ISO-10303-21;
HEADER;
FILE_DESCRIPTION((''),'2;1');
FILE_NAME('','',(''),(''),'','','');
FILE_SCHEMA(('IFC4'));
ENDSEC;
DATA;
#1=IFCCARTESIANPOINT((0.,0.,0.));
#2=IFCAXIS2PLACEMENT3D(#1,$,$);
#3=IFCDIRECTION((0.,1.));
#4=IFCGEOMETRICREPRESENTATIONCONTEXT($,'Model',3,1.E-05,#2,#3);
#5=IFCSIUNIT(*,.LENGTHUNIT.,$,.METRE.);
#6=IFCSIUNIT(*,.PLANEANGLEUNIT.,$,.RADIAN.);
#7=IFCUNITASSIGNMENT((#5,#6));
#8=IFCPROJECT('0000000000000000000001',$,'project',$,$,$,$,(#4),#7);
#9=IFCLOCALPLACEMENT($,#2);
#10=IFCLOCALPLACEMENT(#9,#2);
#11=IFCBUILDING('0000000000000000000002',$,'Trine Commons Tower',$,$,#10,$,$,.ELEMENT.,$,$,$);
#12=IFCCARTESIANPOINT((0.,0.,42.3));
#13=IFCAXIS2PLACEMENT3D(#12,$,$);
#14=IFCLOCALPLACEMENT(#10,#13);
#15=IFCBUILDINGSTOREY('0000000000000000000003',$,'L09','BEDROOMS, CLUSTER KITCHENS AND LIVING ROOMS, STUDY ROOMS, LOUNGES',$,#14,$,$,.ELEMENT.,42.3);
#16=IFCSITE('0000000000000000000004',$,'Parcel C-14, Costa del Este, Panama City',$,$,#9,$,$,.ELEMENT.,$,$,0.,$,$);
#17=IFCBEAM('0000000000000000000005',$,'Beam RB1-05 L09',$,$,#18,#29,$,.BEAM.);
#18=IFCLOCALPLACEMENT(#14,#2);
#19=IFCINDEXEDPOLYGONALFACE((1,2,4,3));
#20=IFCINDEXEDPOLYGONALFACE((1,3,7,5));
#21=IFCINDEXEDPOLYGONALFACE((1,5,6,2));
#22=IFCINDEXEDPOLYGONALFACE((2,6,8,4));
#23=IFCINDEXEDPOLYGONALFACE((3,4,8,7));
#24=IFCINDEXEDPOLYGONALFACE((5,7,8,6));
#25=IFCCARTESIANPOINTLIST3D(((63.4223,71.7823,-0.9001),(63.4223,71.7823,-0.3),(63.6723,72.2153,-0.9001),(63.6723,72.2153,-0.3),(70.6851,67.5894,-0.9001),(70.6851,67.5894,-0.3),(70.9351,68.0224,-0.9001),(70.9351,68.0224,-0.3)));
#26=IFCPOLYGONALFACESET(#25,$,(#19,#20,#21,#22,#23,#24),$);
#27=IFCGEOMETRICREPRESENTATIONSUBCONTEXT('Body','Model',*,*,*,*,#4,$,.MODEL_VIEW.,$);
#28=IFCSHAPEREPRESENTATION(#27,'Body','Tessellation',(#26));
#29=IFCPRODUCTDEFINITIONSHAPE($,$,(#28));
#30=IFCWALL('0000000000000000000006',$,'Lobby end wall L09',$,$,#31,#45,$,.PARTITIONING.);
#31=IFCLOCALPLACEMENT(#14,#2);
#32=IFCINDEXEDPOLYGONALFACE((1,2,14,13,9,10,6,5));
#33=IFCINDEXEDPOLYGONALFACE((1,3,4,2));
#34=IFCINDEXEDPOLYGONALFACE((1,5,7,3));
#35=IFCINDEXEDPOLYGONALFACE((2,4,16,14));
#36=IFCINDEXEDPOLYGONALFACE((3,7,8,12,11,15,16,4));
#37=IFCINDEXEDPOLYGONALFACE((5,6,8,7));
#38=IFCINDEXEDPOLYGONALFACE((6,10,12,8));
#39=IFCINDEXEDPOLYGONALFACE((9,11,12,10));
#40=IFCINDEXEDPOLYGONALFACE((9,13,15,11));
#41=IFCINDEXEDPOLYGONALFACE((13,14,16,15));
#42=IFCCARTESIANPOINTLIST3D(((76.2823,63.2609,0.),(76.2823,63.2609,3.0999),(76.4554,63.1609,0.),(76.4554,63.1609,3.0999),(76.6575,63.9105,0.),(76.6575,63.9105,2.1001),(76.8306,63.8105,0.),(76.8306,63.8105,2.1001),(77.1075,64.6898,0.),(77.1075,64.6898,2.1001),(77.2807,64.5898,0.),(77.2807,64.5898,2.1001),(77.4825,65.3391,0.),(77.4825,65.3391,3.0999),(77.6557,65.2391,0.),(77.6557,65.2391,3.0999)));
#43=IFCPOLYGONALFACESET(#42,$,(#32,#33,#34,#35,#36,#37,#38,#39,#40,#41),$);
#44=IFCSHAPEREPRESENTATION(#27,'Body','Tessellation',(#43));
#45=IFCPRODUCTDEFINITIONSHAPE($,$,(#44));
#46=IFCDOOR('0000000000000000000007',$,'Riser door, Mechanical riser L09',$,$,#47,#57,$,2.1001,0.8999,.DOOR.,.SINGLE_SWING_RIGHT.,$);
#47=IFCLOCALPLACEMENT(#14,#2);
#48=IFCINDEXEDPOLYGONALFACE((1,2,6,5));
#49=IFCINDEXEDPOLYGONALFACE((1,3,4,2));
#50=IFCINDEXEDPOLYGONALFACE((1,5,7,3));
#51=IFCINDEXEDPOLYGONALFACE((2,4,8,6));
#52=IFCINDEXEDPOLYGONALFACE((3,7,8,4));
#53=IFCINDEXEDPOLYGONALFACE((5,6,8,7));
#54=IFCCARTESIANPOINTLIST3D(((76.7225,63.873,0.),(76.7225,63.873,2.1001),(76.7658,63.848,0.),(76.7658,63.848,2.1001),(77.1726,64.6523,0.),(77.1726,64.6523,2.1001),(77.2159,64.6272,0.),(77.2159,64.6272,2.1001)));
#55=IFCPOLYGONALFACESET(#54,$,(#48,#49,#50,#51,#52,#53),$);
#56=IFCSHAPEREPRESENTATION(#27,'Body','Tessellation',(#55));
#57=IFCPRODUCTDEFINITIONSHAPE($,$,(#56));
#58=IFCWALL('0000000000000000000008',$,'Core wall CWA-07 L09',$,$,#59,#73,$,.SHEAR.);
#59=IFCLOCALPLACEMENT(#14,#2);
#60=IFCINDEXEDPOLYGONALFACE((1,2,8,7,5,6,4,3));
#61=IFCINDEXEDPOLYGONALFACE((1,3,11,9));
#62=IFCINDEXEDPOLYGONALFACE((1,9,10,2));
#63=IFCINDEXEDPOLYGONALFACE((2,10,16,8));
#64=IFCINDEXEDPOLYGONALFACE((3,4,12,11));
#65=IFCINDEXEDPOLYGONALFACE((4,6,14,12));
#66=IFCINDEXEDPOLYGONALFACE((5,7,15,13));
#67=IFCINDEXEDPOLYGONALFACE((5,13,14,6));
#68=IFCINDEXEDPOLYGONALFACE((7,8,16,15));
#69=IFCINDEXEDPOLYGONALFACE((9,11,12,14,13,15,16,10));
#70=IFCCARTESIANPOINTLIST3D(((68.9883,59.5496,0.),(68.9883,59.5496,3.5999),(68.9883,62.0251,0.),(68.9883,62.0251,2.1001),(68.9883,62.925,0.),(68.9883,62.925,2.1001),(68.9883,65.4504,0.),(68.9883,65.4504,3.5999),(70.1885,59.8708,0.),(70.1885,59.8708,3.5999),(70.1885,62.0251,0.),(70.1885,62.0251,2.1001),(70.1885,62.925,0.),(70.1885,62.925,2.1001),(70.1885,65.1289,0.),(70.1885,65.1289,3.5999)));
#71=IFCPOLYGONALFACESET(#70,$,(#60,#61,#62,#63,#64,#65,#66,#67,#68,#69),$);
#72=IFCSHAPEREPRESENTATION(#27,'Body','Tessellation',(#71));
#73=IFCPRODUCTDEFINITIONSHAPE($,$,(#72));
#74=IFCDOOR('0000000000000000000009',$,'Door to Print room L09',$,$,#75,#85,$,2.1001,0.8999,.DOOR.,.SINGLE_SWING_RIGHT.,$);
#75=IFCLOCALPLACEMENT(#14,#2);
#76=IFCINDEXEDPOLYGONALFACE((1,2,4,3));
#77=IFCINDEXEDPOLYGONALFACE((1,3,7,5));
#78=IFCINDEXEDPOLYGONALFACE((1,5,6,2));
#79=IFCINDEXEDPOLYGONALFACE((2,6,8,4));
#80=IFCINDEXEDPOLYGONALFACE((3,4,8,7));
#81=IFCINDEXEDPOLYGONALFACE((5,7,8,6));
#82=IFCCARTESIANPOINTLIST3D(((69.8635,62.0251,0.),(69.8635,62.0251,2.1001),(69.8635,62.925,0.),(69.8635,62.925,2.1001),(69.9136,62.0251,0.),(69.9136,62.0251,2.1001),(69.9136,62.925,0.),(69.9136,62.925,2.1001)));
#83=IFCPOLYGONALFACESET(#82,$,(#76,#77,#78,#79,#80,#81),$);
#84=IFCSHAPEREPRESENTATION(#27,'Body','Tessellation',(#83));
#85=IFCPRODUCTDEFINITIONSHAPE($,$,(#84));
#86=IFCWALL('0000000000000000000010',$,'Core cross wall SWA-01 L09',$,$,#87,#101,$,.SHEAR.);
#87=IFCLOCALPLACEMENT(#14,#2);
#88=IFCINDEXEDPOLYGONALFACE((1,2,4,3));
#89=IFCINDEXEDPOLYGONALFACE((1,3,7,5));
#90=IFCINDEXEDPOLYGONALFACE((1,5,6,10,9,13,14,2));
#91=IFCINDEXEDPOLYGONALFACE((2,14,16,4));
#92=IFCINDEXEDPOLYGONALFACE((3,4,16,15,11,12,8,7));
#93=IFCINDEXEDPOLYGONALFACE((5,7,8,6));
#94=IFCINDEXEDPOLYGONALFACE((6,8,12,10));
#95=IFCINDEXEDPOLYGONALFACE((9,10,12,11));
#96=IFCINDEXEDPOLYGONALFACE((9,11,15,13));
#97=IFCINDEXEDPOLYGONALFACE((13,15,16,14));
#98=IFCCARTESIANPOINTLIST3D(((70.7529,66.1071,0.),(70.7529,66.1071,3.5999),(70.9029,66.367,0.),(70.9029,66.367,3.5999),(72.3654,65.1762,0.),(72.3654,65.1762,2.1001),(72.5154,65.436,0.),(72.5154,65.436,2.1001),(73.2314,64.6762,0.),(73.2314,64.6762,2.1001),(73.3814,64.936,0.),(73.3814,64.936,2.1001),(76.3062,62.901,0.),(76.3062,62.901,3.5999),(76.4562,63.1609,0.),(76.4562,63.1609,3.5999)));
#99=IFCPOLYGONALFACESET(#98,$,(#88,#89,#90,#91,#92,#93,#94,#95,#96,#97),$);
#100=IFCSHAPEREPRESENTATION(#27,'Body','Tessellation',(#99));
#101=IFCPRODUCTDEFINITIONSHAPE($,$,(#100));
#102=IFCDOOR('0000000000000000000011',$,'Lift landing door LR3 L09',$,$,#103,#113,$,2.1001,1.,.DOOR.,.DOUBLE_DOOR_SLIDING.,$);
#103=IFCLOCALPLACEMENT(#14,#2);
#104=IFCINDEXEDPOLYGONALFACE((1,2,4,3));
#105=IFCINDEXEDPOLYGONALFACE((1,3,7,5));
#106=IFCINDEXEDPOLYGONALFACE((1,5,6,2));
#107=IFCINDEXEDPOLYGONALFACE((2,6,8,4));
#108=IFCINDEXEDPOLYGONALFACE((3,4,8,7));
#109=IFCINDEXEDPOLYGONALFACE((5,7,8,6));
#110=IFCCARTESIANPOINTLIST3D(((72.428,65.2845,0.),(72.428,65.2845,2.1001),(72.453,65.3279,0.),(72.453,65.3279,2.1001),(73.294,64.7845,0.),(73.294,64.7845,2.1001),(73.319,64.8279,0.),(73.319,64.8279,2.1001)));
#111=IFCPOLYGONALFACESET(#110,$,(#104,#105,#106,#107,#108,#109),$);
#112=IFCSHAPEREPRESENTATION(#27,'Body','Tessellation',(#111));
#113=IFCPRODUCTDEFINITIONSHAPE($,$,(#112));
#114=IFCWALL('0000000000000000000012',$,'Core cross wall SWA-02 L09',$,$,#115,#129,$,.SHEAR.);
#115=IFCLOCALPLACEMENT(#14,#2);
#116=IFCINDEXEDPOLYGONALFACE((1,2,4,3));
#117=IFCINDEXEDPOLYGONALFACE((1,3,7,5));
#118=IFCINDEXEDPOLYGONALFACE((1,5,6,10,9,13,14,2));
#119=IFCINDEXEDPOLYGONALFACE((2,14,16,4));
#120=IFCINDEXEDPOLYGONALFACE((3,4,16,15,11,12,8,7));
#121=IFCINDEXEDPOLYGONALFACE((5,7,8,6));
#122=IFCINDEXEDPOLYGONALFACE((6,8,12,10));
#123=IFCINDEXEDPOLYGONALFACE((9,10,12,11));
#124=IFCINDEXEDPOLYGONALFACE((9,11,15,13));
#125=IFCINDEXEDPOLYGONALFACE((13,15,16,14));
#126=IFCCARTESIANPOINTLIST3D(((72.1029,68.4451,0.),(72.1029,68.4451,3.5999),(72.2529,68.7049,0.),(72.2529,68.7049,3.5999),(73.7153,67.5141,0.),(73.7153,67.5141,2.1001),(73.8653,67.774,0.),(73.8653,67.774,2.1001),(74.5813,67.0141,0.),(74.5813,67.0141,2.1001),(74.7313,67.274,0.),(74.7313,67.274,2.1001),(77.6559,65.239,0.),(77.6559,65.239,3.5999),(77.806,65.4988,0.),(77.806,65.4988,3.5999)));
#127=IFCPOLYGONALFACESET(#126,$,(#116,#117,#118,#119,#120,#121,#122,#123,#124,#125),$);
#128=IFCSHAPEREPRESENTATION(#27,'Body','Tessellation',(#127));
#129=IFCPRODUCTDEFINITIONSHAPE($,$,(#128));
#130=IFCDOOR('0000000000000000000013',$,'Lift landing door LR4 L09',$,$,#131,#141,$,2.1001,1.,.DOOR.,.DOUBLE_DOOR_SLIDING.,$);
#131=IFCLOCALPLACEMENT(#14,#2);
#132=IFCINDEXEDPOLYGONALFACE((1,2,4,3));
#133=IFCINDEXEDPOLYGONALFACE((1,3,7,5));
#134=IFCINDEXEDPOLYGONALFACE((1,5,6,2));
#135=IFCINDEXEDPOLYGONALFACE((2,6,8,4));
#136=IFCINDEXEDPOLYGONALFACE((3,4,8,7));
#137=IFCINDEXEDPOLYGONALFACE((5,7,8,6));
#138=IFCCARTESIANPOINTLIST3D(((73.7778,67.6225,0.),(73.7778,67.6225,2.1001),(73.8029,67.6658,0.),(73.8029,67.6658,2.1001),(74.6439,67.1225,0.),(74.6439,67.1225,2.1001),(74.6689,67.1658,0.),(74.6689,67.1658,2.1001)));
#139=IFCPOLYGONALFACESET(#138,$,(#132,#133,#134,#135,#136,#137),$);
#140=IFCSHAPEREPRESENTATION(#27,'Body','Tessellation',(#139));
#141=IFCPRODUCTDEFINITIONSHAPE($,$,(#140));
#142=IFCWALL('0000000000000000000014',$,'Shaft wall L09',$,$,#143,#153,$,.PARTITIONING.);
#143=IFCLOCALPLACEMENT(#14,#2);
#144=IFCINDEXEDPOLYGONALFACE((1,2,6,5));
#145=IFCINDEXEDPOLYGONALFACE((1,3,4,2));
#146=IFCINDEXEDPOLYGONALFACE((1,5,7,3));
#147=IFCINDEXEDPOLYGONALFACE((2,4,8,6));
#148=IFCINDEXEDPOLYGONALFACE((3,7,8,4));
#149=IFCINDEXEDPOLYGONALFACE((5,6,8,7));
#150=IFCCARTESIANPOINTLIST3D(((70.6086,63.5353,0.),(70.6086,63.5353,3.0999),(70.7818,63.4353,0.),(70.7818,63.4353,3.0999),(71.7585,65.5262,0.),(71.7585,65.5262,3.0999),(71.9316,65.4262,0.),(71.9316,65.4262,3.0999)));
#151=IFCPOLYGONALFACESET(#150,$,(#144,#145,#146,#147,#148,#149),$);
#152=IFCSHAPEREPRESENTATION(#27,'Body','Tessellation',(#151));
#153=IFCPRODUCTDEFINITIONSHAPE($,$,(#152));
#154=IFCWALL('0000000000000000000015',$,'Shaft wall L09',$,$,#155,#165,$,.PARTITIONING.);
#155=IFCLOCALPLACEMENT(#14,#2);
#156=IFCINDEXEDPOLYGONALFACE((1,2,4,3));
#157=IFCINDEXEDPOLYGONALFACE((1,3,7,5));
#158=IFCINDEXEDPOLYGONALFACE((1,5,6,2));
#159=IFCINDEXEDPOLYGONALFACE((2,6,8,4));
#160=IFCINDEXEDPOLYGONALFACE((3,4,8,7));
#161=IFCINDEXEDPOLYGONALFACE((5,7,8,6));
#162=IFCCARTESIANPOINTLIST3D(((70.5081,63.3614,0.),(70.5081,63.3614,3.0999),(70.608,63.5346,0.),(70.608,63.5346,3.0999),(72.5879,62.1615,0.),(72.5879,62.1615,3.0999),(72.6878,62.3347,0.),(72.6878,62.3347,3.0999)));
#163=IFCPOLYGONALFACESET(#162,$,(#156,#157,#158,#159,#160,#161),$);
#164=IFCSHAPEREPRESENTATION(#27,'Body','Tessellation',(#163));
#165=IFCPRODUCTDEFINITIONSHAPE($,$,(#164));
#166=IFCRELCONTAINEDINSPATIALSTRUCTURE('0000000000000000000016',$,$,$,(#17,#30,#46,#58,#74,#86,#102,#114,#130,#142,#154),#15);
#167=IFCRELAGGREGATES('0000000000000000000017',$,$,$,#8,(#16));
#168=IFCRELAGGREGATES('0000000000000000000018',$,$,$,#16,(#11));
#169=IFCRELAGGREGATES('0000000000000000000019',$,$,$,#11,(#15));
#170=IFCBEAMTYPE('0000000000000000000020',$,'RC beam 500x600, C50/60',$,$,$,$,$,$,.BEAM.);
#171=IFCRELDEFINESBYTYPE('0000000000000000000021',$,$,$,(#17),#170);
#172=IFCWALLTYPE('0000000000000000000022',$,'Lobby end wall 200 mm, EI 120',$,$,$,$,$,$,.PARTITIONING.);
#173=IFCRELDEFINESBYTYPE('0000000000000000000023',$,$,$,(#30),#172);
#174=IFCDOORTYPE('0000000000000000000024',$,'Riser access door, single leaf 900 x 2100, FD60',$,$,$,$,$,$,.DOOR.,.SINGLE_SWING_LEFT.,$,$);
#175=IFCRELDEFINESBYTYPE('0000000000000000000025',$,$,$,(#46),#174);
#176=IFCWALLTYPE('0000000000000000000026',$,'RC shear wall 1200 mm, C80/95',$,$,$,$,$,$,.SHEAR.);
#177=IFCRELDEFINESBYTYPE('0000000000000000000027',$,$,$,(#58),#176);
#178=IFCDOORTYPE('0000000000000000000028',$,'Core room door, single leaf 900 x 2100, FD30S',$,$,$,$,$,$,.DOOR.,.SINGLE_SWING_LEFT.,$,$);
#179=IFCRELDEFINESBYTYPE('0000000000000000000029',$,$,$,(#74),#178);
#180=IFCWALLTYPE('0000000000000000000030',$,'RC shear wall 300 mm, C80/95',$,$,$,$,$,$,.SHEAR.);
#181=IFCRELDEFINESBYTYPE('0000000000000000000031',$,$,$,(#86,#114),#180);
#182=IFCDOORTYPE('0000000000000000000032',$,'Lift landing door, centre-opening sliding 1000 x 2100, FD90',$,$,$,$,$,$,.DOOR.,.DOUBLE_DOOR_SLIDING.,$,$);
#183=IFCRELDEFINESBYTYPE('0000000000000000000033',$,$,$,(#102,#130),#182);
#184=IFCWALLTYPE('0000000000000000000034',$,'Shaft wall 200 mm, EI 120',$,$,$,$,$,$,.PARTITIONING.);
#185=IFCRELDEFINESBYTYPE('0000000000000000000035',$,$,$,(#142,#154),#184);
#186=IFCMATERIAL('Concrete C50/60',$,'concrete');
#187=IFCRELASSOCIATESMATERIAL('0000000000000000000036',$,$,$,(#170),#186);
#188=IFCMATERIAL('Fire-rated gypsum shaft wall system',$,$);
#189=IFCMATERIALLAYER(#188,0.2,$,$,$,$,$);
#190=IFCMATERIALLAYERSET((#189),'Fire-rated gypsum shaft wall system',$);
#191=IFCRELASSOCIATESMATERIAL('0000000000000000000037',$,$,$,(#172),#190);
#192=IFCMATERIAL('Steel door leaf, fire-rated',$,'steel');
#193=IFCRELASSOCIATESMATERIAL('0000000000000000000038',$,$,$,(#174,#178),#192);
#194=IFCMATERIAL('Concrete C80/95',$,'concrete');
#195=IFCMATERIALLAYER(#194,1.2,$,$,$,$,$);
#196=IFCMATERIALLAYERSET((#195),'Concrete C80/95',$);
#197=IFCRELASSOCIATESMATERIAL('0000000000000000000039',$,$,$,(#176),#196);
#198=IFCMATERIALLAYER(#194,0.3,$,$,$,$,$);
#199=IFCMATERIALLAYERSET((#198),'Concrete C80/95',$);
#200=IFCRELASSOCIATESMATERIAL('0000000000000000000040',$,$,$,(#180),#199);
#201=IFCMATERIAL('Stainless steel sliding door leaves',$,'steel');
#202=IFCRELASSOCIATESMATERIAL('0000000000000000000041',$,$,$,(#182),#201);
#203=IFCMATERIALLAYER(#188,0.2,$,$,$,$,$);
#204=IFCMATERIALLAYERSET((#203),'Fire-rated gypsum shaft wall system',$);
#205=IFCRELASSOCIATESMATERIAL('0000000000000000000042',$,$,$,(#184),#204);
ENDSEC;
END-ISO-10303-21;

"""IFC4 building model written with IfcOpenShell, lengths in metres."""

from ifc_helpers import new_model, si_unit, direction, frame, frame_2d, origin, origin_2d, place, context, subcontext, project, spatial, polyline, rectangle, outline, extrude, material, layer, layer_set, material_profile, profile_set, type_object, element, fill, save


model = new_model("IFC4")

# Units and contexts
model_context = context("Model", 3, precision=1e-05, world=origin(), true_north=direction((0.0, 1.0)))
body_context = subcontext(model_context, "Body", "Model", "MODEL_VIEW")
ifc_project = project(units=[si_unit("LENGTHUNIT", "METRE"), si_unit("PLANEANGLEUNIT", "RADIAN")], contexts=[model_context])

# Site, building, storey
site_placement = place(None, origin())
site = spatial("IfcSite", under=ifc_project, at=site_placement, Name="Parcel C-14, Costa del Este, Panama City", CompositionType="ELEMENT", RefElevation=0.0)
building_placement = place(site_placement, origin())
building = spatial("IfcBuilding", under=site, at=building_placement, Name="Trine Commons Tower", CompositionType="ELEMENT")
storey_placement = place(building_placement, frame((0.0, 0.0, 42.3)))
storey = spatial("IfcBuildingStorey", under=building, at=storey_placement, Name="L09", Description="BEDROOMS, CLUSTER KITCHENS AND LIVING ROOMS, STUDY ROOMS, LOUNGES", CompositionType="ELEMENT", Elevation=42.3)

# Beam
ifc_material_1 = material(Name="Concrete C50/60", Category="concrete")
ifc_material_profile = material_profile(ifc_material_1, rectangle(XDim=0.5, YDim=0.6001, at=origin_2d()), Name="RC 500x600")
ifc_profile_set = profile_set([ifc_material_profile], Name="Concrete C50/60")
beam_type = type_object("IfcBeamType", Name="RC beam 500x600, C50/60", PredefinedType="BEAM", material=ifc_profile_set)
beam_placement = place(storey_placement, frame((70.8101, 67.8059, -0.6001), z_axis=(-0.866038, 0.499978, 0.0), x_axis=(-0.499978, -0.866038, 0.0)))
element("IfcBeam", 1, at=beam_placement, inside=storey, type_object=beam_type, Name="Beam RB1-05 L09", PredefinedType="BEAM", context=body_context, shape_type="SweptSolid", body=[
    extrude(rectangle(XDim=0.5, YDim=0.6001, at=origin_2d()), origin(), (0.0, 0.0, 1.0), 8.3862),
])

# Walls, openings, doors
ifc_material_2 = material(Name="Fire-rated gypsum shaft wall system")
ifc_layer_1 = layer(ifc_material_2, 0.2)
ifc_layer_set_1 = layer_set([ifc_layer_1], Name="Fire-rated gypsum shaft wall system")
wall_type_1 = type_object("IfcWallType", Name="Lobby end wall 200 mm, EI 120", PredefinedType="PARTITIONING", material=ifc_layer_set_1)
wall_1_placement = place(storey_placement, frame((77.5691, 65.2891, 0.0), z_axis=(0.0, 0.0, 1.0), x_axis=(-0.500122, -0.865955, 0.0)))
wall_1 = element("IfcWall", 2, at=wall_1_placement, inside=storey, type_object=wall_type_1, Name="Lobby end wall L09", PredefinedType="PARTITIONING", context=body_context, shape_type="SweptSolid", body=[
    extrude(rectangle(XDim=2.3999, YDim=0.2, at=frame_2d((1.2, 0.0))), origin(), (0.0, 0.0, 1.0), 3.0999),
])
opening_1_placement = place(wall_1_placement, frame((0.7498, 0.0, 0.0)))
opening_1 = element("IfcOpeningElement", 3, at=opening_1_placement, cuts=wall_1, PredefinedType="OPENING", context=body_context, shape_type="SweptSolid", body=[
    extrude(rectangle(XDim=0.8999, YDim=2.1001, at=frame_2d((0.45, 1.05))), frame((0.0, 0.1099, 0.0), z_axis=(0.0, -1.0, 0.0), x_axis=(1.0, 0.0, 0.0)), (0.0, 0.0, 1.0), 0.22),
])
ifc_material_3 = material(Name="Steel door leaf, fire-rated", Category="steel")
door_type_1 = type_object("IfcDoorType", Name="Riser access door, single leaf 900 x 2100, FD60", OperationType="SINGLE_SWING_LEFT", PredefinedType="DOOR", material=ifc_material_3)
door_1_placement = place(opening_1_placement, frame((0.8999, 0.0, 0.0), z_axis=(0.0, 0.0, 1.0), x_axis=(-1.0, 0.0, 0.0)))
door_1 = element("IfcDoor", 4, at=door_1_placement, inside=storey, type_object=door_type_1, Name="Riser door, Mechanical riser L09", OperationType="SINGLE_SWING_RIGHT", OverallHeight=2.1001, OverallWidth=0.8999, PredefinedType="DOOR", context=body_context, shape_type="SweptSolid", body=[
    extrude(rectangle(XDim=0.8999, YDim=2.1001, at=frame_2d((0.45, 1.05))), frame((0.0, 0.0249, 0.0), z_axis=(0.0, -1.0, 0.0), x_axis=(1.0, 0.0, 0.0)), (0.0, 0.0, 1.0), 0.05),
])
fill(opening_1, door_1)
ifc_material_4 = material(Name="Concrete C80/95", Category="concrete")
ifc_layer_2 = layer(ifc_material_4, 1.2)
ifc_layer_set_2 = layer_set([ifc_layer_2], Name="Concrete C80/95")
wall_type_2 = type_object("IfcWallType", Name="RC shear wall 1200 mm, C80/95", PredefinedType="SHEAR", material=ifc_layer_set_2)
wall_2_placement = place(storey_placement, frame((69.5884, 65.4504, 0.0), z_axis=(0.0, 0.0, 1.0), x_axis=(0.0, -1.0, 0.0)))
wall_2 = element("IfcWall", 5, at=wall_2_placement, inside=storey, type_object=wall_type_2, Name="Core wall CWA-07 L09", PredefinedType="SHEAR", context=body_context, shape_type="SweptSolid", body=[
    extrude(outline(polyline([(0.0, -0.6001), (5.9009, -0.6001), (5.5796, 0.6001), (0.3215, 0.6001), (0.0, -0.6001)])), origin(), (0.0, 0.0, 1.0), 3.5999),
])
opening_2_placement = place(wall_2_placement, frame((2.5254, 0.0, 0.0)))
opening_2 = element("IfcOpeningElement", 6, at=opening_2_placement, cuts=wall_2, PredefinedType="OPENING", context=body_context, shape_type="SweptSolid", body=[
    extrude(rectangle(XDim=0.8999, YDim=2.1001, at=frame_2d((0.45, 1.05))), frame((0.0, 0.6099, 0.0), z_axis=(0.0, -1.0, 0.0), x_axis=(1.0, 0.0, 0.0)), (0.0, 0.0, 1.0), 1.22),
])
door_type_2 = type_object("IfcDoorType", Name="Core room door, single leaf 900 x 2100, FD30S", OperationType="SINGLE_SWING_LEFT", PredefinedType="DOOR", material=ifc_material_3)
door_2_placement = place(opening_2_placement, origin())
door_2 = element("IfcDoor", 7, at=door_2_placement, inside=storey, type_object=door_type_2, Name="Door to Print room L09", OperationType="SINGLE_SWING_RIGHT", OverallHeight=2.1001, OverallWidth=0.8999, PredefinedType="DOOR", context=body_context, shape_type="SweptSolid", body=[
    extrude(rectangle(XDim=0.8999, YDim=2.1001, at=frame_2d((0.45, 1.05))), frame((0.0, 0.3252, 0.0), z_axis=(0.0, -1.0, 0.0), x_axis=(1.0, 0.0, 0.0)), (0.0, 0.0, 1.0), 0.05),
])
fill(opening_2, door_2)
ifc_layer_3 = layer(ifc_material_4, 0.3)
ifc_layer_set_3 = layer_set([ifc_layer_3], Name="Concrete C80/95")
wall_type_3 = type_object("IfcWallType", Name="RC shear wall 300 mm, C80/95", PredefinedType="SHEAR", material=ifc_layer_set_3)
wall_3_placement = place(storey_placement, frame((76.3811, 63.031, 0.0), z_axis=(0.0, 0.0, 1.0), x_axis=(-0.866032, 0.499988, 0.0)))
wall_3 = element("IfcWall", 8, at=wall_3_placement, inside=storey, type_object=wall_type_3, Name="Core cross wall SWA-01 L09", PredefinedType="SHEAR", context=body_context, shape_type="SweptSolid", body=[
    extrude(rectangle(XDim=6.4124, YDim=0.3, at=frame_2d((3.2061, 0.0))), origin(), (0.0, 0.0, 1.0), 3.5999),
])
opening_3_placement = place(wall_3_placement, frame((3.5503, 0.0, 0.0)))
opening_3 = element("IfcOpeningElement", 9, at=opening_3_placement, cuts=wall_3, PredefinedType="OPENING", context=body_context, shape_type="SweptSolid", body=[
    extrude(rectangle(XDim=1.0, YDim=2.1001, at=frame_2d((0.5, 1.05))), frame((0.0, 0.1599, 0.0), z_axis=(0.0, -1.0, 0.0), x_axis=(1.0, 0.0, 0.0)), (0.0, 0.0, 1.0), 0.3201),
])
ifc_material_5 = material(Name="Stainless steel sliding door leaves", Category="steel")
door_type_3 = type_object("IfcDoorType", Name="Lift landing door, centre-opening sliding 1000 x 2100, FD90", OperationType="DOUBLE_DOOR_SLIDING", PredefinedType="DOOR", material=ifc_material_5)
door_3_placement = place(opening_3_placement, origin())
door_3 = element("IfcDoor", 10, at=door_3_placement, inside=storey, type_object=door_type_3, Name="Lift landing door LR3 L09", OperationType="DOUBLE_DOOR_SLIDING", OverallHeight=2.1001, OverallWidth=1.0, PredefinedType="DOOR", context=body_context, shape_type="SweptSolid", body=[
    extrude(rectangle(XDim=1.0, YDim=2.1001, at=frame_2d((0.5, 1.05))), frame((0.0, 0.0249, 0.0), z_axis=(0.0, -1.0, 0.0), x_axis=(1.0, 0.0, 0.0)), (0.0, 0.0, 1.0), 0.05),
])
fill(opening_3, door_3)
wall_4_placement = place(storey_placement, frame((77.731, 65.3689, 0.0), z_axis=(0.0, 0.0, 1.0), x_axis=(-0.866023, 0.500005, 0.0)))
wall_4 = element("IfcWall", 11, at=wall_4_placement, inside=storey, type_object=wall_type_3, Name="Core cross wall SWA-02 L09", PredefinedType="SHEAR", context=body_context, shape_type="SweptSolid", body=[
    extrude(rectangle(XDim=6.4121, YDim=0.3, at=frame_2d((3.2061, 0.0))), origin(), (0.0, 0.0, 1.0), 3.5999),
])
opening_4_placement = place(wall_4_placement, frame((3.5503, 0.0, 0.0)))
opening_4 = element("IfcOpeningElement", 12, at=opening_4_placement, cuts=wall_4, PredefinedType="OPENING", context=body_context, shape_type="SweptSolid", body=[
    extrude(rectangle(XDim=1.0, YDim=2.1001, at=frame_2d((0.5, 1.05))), frame((0.0, 0.1599, 0.0), z_axis=(0.0, -1.0, 0.0), x_axis=(1.0, 0.0, 0.0)), (0.0, 0.0, 1.0), 0.3201),
])
door_4_placement = place(opening_4_placement, origin())
door_4 = element("IfcDoor", 13, at=door_4_placement, inside=storey, type_object=door_type_3, Name="Lift landing door LR4 L09", OperationType="DOUBLE_DOOR_SLIDING", OverallHeight=2.1001, OverallWidth=1.0, PredefinedType="DOOR", context=body_context, shape_type="SweptSolid", body=[
    extrude(rectangle(XDim=1.0, YDim=2.1001, at=frame_2d((0.5, 1.05))), frame((0.0, 0.0249, 0.0), z_axis=(0.0, -1.0, 0.0), x_axis=(1.0, 0.0, 0.0)), (0.0, 0.0, 1.0), 0.05),
])
fill(opening_4, door_4)

# Walls
ifc_layer_4 = layer(ifc_material_2, 0.2)
ifc_layer_set_4 = layer_set([ifc_layer_4], Name="Fire-rated gypsum shaft wall system")
wall_type_4 = type_object("IfcWallType", Name="Shaft wall 200 mm, EI 120", PredefinedType="PARTITIONING", material=ifc_layer_set_4)
wall_5_placement = place(storey_placement, frame((71.845, 65.4761, 0.0), z_axis=(0.0, 0.0, 1.0), x_axis=(-0.500136, -0.865947, 0.0)))
element("IfcWall", 14, at=wall_5_placement, inside=storey, type_object=wall_type_4, Name="Shaft wall L09", PredefinedType="PARTITIONING", context=body_context, shape_type="SweptSolid", body=[
    extrude(rectangle(XDim=2.2991, YDim=0.2, at=frame_2d((1.1494, 0.0))), origin(), (0.0, 0.0, 1.0), 3.0999),
])
wall_6_placement = place(storey_placement, frame((72.6379, 62.248, 0.0), z_axis=(0.0, 0.0, 1.0), x_axis=(-0.866177, 0.499737, 0.0)))
element("IfcWall", 15, at=wall_6_placement, inside=storey, type_object=wall_type_4, Name="Shaft wall L09", PredefinedType="PARTITIONING", context=body_context, shape_type="SweptSolid", body=[
    extrude(rectangle(XDim=2.4011, YDim=0.2, at=frame_2d((1.2007, 0.0))), origin(), (0.0, 0.0, 1.0), 3.0999),
])

save(model, "model.ifc")
